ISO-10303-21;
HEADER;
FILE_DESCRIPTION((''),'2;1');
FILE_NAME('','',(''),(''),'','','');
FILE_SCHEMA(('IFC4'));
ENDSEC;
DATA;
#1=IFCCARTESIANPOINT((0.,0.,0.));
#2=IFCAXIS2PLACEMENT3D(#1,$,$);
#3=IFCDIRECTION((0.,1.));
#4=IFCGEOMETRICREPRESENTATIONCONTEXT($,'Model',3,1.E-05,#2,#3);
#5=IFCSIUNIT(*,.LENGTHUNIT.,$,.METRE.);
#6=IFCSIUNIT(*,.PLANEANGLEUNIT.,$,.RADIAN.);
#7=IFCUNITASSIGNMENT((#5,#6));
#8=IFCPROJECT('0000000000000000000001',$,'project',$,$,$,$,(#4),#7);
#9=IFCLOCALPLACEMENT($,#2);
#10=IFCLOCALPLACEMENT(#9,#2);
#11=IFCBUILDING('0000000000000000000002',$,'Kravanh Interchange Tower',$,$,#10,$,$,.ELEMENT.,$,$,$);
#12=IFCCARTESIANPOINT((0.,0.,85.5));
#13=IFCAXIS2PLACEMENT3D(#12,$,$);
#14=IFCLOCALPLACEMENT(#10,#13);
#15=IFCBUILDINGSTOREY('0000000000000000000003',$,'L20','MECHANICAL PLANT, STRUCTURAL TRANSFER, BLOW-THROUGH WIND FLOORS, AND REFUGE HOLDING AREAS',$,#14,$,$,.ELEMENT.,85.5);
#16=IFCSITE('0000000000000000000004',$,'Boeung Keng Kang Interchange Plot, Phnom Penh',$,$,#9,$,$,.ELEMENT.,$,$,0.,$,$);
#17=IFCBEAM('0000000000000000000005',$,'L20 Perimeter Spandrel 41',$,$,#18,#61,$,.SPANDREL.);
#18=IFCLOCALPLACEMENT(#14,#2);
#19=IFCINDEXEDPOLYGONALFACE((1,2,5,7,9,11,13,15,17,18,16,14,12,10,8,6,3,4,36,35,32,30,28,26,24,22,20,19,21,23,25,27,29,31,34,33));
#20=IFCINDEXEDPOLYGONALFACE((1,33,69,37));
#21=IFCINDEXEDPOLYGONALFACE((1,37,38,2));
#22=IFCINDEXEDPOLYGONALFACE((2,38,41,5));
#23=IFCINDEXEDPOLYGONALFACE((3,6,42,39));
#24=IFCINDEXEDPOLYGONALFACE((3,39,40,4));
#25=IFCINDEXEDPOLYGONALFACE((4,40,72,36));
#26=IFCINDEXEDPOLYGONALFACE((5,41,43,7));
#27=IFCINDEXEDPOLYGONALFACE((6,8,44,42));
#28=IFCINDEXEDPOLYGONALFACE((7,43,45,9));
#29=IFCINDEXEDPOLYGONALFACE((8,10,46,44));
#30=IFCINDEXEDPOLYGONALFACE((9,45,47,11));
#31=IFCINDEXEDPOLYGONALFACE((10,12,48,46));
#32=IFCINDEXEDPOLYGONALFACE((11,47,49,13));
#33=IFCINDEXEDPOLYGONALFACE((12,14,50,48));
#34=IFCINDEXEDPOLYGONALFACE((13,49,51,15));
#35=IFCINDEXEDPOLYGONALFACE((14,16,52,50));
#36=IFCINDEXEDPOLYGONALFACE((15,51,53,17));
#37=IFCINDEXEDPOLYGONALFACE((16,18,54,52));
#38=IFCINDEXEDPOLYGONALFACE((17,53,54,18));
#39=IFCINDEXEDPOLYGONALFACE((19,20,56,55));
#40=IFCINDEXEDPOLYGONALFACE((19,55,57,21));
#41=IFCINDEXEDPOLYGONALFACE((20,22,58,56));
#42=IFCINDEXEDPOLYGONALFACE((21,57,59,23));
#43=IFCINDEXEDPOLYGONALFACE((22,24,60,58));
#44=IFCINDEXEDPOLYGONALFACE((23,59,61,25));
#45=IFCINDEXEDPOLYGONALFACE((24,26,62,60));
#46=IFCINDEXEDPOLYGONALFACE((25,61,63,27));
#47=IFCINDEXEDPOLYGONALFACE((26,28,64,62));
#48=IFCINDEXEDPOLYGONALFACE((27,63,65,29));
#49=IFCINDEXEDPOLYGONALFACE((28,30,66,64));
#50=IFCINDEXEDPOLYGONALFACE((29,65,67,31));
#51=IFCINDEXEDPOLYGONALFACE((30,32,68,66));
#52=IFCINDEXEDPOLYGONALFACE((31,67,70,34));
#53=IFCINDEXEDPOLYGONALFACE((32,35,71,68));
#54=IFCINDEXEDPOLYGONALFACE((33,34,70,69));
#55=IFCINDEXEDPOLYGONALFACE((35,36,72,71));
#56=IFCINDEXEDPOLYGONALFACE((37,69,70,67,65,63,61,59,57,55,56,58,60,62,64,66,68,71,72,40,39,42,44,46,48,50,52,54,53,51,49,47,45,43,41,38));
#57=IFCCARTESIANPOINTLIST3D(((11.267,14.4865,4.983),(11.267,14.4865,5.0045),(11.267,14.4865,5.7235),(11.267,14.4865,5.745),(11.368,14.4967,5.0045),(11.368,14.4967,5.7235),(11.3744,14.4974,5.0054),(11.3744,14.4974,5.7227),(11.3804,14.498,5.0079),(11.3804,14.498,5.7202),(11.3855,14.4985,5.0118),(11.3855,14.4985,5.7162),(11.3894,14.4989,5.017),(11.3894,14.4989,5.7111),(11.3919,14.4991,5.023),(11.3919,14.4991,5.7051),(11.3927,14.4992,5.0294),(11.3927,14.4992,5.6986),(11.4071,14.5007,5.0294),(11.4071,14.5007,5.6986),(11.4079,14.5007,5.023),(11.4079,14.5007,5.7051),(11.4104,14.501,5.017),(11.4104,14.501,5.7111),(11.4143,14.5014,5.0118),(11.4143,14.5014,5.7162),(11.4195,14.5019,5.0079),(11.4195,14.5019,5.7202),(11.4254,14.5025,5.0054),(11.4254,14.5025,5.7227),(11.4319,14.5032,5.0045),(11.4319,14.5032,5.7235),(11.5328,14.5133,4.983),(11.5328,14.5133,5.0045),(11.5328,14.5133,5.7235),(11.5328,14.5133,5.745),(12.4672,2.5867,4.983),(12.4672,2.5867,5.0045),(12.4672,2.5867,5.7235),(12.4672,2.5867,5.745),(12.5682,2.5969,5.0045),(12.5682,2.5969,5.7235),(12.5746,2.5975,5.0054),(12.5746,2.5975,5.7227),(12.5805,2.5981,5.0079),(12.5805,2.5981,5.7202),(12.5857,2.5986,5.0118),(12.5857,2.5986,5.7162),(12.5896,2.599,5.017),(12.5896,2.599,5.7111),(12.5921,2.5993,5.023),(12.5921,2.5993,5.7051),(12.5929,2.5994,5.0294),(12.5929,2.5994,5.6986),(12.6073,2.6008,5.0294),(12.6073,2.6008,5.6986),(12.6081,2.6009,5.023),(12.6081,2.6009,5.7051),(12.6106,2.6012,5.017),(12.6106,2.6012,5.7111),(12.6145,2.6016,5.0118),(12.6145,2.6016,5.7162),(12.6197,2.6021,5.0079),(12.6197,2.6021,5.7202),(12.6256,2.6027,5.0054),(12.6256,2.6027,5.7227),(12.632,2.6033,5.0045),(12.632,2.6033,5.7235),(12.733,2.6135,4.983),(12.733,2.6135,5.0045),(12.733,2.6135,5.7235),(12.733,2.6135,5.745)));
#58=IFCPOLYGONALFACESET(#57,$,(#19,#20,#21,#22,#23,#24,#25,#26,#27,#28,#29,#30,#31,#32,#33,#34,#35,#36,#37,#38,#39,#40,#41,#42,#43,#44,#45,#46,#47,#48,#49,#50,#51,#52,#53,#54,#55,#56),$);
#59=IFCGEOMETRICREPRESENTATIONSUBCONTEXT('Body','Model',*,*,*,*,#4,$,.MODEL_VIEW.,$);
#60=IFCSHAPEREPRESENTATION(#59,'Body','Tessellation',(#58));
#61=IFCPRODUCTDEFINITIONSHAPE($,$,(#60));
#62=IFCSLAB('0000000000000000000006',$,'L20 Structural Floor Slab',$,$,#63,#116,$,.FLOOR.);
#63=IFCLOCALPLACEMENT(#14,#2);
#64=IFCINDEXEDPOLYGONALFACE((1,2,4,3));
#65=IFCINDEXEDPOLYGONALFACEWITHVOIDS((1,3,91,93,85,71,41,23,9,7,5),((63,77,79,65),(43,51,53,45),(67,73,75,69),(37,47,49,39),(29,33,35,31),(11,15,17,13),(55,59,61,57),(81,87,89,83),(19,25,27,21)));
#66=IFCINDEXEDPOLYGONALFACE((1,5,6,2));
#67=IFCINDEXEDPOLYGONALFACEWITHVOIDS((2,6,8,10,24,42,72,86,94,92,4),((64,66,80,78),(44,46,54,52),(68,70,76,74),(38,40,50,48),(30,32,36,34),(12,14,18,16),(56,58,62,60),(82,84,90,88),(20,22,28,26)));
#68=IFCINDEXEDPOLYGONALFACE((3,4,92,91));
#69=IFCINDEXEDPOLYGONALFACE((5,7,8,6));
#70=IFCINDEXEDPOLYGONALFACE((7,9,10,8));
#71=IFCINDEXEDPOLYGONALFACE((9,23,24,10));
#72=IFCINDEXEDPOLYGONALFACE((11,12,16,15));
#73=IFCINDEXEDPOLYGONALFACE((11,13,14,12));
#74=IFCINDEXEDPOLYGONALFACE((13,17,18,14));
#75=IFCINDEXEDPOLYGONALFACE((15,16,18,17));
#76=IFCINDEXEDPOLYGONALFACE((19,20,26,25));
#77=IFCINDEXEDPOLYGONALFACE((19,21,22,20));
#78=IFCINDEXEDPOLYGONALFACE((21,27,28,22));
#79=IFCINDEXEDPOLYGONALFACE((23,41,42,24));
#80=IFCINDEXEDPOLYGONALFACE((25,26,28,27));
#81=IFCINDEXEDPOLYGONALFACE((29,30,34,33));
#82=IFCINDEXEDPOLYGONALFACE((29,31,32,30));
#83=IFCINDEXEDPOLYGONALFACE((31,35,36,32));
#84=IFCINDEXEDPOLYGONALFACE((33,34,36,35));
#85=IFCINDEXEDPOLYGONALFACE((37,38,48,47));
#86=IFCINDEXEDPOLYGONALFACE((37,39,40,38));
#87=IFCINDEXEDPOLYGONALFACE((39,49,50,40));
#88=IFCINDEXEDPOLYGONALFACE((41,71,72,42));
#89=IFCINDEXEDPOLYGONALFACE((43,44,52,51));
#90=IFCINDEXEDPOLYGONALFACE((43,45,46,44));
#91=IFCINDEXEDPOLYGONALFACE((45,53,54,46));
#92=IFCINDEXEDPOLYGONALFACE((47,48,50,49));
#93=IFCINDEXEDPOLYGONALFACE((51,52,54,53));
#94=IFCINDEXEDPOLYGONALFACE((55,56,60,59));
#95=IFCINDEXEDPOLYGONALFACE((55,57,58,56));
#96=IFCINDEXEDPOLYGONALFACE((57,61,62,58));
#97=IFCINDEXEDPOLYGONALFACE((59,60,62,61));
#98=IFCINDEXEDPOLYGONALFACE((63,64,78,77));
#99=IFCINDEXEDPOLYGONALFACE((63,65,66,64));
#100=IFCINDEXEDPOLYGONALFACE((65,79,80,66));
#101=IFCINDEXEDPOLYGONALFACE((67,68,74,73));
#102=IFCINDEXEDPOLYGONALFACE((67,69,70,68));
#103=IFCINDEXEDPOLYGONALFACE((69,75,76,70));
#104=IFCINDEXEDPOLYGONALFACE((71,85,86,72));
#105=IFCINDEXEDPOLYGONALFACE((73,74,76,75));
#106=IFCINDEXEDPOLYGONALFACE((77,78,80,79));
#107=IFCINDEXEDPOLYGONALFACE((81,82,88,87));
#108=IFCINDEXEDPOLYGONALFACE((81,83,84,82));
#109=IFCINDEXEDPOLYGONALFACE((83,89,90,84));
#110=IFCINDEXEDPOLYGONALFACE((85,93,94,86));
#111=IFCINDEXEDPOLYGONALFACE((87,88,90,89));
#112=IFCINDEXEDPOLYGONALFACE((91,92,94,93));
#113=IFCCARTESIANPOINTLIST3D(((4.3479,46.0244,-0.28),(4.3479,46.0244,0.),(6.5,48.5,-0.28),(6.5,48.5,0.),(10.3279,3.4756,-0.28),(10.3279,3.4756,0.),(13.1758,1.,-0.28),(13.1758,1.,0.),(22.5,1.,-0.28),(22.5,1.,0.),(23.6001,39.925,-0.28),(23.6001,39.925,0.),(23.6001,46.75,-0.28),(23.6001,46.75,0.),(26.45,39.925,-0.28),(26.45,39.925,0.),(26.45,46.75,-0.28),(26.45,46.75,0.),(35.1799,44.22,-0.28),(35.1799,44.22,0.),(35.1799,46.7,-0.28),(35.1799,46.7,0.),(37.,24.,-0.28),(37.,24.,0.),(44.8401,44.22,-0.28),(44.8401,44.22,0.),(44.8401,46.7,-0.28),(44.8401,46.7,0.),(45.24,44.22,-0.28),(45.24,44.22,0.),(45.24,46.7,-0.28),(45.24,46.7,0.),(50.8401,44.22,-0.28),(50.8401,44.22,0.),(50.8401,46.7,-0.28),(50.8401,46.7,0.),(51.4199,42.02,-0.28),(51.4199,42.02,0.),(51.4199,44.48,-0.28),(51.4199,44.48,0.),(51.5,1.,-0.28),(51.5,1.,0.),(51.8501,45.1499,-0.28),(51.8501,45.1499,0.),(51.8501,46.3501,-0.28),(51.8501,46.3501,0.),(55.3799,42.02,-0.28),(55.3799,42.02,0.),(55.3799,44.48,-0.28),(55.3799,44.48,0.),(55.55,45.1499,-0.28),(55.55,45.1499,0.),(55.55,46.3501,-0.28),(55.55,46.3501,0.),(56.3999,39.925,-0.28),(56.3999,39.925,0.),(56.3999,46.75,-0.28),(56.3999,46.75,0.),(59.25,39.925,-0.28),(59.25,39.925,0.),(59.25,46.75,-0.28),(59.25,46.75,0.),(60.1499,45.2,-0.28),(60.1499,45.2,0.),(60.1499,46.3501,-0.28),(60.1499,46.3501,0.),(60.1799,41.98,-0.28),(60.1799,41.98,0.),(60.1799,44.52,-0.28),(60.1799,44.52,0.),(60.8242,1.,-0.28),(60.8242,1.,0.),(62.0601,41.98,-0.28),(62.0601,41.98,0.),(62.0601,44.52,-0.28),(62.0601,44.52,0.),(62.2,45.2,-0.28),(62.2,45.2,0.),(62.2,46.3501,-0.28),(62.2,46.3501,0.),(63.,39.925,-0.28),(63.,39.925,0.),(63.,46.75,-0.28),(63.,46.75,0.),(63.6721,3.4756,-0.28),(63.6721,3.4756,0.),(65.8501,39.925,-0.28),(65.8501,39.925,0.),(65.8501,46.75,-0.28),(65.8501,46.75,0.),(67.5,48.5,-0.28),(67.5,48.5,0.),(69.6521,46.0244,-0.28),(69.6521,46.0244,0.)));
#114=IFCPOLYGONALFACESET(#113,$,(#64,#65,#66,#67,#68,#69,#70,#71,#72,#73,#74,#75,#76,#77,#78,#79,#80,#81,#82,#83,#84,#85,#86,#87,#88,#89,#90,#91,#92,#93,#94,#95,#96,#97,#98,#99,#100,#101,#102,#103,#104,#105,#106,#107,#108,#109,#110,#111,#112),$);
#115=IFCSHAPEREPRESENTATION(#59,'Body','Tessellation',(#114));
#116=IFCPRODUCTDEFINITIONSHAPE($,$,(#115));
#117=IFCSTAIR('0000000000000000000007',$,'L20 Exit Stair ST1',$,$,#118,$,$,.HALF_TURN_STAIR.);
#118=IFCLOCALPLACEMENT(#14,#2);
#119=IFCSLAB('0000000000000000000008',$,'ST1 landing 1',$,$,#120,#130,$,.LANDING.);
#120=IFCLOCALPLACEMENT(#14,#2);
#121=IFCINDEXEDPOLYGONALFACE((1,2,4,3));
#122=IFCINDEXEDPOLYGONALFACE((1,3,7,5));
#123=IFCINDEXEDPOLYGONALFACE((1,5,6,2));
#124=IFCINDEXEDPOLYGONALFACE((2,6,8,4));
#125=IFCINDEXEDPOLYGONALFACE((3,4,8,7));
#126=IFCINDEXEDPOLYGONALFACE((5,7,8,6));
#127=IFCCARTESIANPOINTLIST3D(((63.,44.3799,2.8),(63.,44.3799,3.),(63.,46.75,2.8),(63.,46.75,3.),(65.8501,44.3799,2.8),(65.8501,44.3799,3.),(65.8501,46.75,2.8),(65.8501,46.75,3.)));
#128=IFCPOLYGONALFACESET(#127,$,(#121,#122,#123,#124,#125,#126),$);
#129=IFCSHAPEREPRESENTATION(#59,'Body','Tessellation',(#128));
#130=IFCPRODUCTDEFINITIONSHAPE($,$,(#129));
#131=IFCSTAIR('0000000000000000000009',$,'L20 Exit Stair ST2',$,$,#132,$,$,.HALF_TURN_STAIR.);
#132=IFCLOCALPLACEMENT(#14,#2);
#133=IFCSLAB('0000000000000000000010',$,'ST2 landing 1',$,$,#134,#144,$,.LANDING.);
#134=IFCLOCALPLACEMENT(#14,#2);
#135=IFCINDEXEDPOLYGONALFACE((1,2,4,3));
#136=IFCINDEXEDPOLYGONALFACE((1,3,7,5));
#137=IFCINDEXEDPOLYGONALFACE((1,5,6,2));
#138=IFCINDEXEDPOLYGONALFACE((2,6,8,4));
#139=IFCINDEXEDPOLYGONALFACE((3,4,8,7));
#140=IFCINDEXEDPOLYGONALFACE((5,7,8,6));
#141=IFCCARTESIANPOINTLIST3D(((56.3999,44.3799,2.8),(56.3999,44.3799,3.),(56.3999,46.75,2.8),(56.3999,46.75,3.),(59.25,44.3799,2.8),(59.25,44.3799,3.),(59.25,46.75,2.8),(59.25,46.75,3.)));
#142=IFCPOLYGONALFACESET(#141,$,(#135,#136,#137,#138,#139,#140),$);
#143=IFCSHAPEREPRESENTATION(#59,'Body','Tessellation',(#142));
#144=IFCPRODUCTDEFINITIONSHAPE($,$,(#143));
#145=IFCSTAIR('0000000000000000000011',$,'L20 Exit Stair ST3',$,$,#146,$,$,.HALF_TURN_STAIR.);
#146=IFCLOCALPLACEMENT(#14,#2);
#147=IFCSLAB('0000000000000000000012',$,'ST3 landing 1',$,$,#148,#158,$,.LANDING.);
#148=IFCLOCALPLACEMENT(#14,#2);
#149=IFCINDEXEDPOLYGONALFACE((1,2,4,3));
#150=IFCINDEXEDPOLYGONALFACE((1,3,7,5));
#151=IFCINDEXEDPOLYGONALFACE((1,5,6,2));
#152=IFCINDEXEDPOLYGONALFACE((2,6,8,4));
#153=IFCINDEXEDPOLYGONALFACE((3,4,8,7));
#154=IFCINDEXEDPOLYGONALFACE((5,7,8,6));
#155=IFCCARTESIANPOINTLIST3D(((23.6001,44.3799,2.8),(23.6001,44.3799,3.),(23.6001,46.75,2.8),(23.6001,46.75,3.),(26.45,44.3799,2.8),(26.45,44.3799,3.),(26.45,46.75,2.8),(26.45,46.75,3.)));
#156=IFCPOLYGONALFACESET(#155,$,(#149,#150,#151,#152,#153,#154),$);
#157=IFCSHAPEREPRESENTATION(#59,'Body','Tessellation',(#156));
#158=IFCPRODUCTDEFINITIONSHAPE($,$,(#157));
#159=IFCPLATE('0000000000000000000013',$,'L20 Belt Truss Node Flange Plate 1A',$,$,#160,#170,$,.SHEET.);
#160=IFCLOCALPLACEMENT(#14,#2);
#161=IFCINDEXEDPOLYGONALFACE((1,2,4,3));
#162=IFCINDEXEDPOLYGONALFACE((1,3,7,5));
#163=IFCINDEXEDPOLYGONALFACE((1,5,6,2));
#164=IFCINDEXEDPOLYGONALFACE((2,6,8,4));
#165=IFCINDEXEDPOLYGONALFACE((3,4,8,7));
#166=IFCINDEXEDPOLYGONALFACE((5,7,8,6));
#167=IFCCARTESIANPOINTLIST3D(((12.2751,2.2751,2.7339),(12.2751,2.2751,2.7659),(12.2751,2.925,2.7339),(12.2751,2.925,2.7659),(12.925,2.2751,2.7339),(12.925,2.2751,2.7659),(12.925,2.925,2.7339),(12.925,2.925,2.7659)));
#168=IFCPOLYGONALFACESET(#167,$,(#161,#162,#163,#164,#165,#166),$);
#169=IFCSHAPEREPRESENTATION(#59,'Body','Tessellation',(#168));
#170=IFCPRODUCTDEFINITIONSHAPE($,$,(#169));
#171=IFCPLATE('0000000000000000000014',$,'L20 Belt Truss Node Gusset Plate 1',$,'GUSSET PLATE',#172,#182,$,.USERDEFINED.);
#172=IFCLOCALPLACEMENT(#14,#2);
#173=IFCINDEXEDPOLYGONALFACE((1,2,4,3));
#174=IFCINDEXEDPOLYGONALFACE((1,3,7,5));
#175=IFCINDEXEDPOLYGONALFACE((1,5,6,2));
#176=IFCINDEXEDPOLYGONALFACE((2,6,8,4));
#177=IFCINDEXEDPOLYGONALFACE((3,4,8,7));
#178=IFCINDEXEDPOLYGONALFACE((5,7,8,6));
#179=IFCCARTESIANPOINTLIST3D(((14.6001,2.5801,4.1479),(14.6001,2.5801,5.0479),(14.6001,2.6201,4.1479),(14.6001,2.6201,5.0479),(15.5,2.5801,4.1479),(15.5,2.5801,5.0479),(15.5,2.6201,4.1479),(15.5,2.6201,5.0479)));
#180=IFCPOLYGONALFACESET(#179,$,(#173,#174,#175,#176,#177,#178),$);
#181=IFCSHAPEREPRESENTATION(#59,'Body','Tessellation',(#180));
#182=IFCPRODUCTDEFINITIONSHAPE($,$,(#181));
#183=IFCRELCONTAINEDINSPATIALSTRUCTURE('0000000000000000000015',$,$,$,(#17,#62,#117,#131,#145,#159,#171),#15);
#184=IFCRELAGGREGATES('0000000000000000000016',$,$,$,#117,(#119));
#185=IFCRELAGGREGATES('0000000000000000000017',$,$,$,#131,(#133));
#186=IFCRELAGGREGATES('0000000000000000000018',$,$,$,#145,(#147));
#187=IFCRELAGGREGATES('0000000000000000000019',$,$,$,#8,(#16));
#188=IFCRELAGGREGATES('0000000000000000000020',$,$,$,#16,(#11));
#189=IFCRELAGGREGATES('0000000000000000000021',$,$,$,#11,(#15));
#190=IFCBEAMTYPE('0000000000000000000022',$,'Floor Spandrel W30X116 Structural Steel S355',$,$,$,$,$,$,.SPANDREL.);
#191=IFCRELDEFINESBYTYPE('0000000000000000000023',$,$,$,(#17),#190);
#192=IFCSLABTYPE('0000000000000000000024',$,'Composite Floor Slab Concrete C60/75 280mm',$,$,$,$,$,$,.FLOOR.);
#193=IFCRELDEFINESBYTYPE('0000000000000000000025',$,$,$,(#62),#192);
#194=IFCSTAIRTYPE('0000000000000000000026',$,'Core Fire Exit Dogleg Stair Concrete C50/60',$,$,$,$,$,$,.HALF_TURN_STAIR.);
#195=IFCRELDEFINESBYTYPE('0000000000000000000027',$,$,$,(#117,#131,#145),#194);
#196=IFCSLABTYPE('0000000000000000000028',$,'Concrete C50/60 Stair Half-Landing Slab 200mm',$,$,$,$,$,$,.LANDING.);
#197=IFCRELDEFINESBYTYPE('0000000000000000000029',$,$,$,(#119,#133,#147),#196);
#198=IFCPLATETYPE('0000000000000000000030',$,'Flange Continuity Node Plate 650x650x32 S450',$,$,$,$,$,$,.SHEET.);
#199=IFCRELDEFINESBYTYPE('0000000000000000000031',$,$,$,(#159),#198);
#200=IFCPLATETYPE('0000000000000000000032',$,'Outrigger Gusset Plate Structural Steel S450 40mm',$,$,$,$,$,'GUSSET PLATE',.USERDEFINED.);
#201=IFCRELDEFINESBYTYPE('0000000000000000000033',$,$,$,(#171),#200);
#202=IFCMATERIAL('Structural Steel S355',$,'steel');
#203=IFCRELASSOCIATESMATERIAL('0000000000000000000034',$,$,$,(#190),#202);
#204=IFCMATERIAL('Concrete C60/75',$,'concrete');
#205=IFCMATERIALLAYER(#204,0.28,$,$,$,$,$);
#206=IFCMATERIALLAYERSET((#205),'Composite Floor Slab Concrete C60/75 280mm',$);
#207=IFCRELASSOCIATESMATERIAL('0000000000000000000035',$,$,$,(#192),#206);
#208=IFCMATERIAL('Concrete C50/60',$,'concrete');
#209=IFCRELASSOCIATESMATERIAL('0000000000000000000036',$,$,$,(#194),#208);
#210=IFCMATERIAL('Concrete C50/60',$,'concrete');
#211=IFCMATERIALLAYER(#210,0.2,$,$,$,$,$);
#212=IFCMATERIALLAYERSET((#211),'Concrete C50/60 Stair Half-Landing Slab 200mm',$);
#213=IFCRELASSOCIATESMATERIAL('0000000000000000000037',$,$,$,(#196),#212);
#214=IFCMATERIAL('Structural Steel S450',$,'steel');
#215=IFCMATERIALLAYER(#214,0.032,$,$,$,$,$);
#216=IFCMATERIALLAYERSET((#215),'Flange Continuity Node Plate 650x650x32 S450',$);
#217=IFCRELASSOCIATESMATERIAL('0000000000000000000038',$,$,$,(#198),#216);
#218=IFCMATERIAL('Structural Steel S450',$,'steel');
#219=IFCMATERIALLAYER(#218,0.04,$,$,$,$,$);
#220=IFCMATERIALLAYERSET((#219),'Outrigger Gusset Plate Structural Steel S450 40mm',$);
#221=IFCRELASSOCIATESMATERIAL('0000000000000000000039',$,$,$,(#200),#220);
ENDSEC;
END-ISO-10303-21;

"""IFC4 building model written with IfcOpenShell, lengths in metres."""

from ifc_helpers import new_model, si_unit, direction, frame, origin, origin_2d, place, context, subcontext, project, spatial, polyline, rectangle, i_section, outline, extrude, material, layer, layer_set, material_profile, profile_set, type_object, element, aggregate, save


model = new_model("IFC4")

# Units and contexts
model_context = context("Model", 3, precision=1e-05, world=origin(), true_north=direction((0.0, 1.0)))
body_context = subcontext(model_context, "Body", "Model", "MODEL_VIEW")
ifc_project = project(units=[si_unit("LENGTHUNIT", "METRE"), si_unit("PLANEANGLEUNIT", "RADIAN")], contexts=[model_context])

# Site, building, storey
site_placement = place(None, origin())
site = spatial("IfcSite", under=ifc_project, at=site_placement, Name="Boeung Keng Kang Interchange Plot, Phnom Penh", CompositionType="ELEMENT", RefElevation=0.0)
building_placement = place(site_placement, origin())
building = spatial("IfcBuilding", under=site, at=building_placement, Name="Kravanh Interchange Tower", CompositionType="ELEMENT")
storey_placement = place(building_placement, frame((0.0, 0.0, 85.5)))
storey = spatial("IfcBuildingStorey", under=building, at=storey_placement, Name="L20", Description="MECHANICAL PLANT, STRUCTURAL TRANSFER, BLOW-THROUGH WIND FLOORS, AND REFUGE HOLDING AREAS", CompositionType="ELEMENT", Elevation=85.5)

# Beam
ifc_material_1 = material(Name="Structural Steel S355", Category="steel")
ifc_material_profile_1 = material_profile(ifc_material_1, i_section(OverallWidth=0.2671, OverallDepth=0.762, WebThickness=0.0144, FlangeThickness=0.0215, FilletRadius=0.0249, at=origin_2d()), Name="W30X116")
ifc_profile_set_1 = profile_set([ifc_material_profile_1], Name="Structural Steel S355")
beam_type_1 = type_object("IfcBeamType", Name="Floor Spandrel W30X116 Structural Steel S355", PredefinedType="SPANDREL", material=ifc_profile_set_1)
beam_1_placement = place(storey_placement, frame((12.6001, 2.6001, 5.364), z_axis=(-0.100348, 0.994952, 0.0), x_axis=(-0.994952, -0.100348, 0.0)))
element("IfcBeam", 1, at=beam_1_placement, inside=storey, type_object=beam_type_1, Name="L20 Perimeter Spandrel 41", PredefinedType="SPANDREL", context=body_context, shape_type="SweptSolid", body=[
    extrude(i_section(OverallWidth=0.2671, OverallDepth=0.762, WebThickness=0.0144, FlangeThickness=0.0215, FilletRadius=0.0249, at=origin_2d()), origin(), (0.0, 0.0, 1.0), 11.9602),
])

# Slab
ifc_material_2 = material(Name="Concrete C60/75", Category="concrete")
ifc_layer_1 = layer(ifc_material_2, 0.28)
ifc_layer_set_1 = layer_set([ifc_layer_1], Name="Composite Floor Slab Concrete C60/75 280mm")
slab_type_1 = type_object("IfcSlabType", Name="Composite Floor Slab Concrete C60/75 280mm", PredefinedType="FLOOR", material=ifc_layer_set_1)
slab_1_placement = place(storey_placement, frame((0.0, 0.0, -0.28)))
element("IfcSlab", 2, at=slab_1_placement, inside=storey, type_object=slab_type_1, Name="L20 Structural Floor Slab", PredefinedType="FLOOR", context=body_context, shape_type="SweptSolid", body=[
    extrude(outline(polyline([(10.3279, 3.4756), (13.1758, 1.0), (22.5, 1.0), (37.0, 24.0), (51.5, 1.0), (60.8242, 1.0), (63.6721, 3.4756), (69.6521, 46.0244), (67.5, 48.5), (6.5, 48.5), (4.3479, 46.0244), (10.3279, 3.4756)]), holes=[polyline([(65.8501, 39.925), (65.8501, 46.75), (63.0, 46.75), (63.0, 39.925), (65.8501, 39.925)]), polyline([(59.25, 39.925), (59.25, 46.75), (56.3999, 46.75), (56.3999, 39.925), (59.25, 39.925)]), polyline([(26.45, 39.925), (26.45, 46.75), (23.6001, 46.75), (23.6001, 39.925), (26.45, 39.925)]), polyline([(35.1799, 44.22), (44.8401, 44.22), (44.8401, 46.7), (35.1799, 46.7), (35.1799, 44.22)]), polyline([(45.24, 44.22), (50.8401, 44.22), (50.8401, 46.7), (45.24, 46.7), (45.24, 44.22)]), polyline([(51.4199, 42.02), (55.3799, 42.02), (55.3799, 44.48), (51.4199, 44.48), (51.4199, 42.02)]), polyline([(60.1799, 41.98), (62.0601, 41.98), (62.0601, 44.52), (60.1799, 44.52), (60.1799, 41.98)]), polyline([(60.1499, 45.2), (62.2, 45.2), (62.2, 46.3501), (60.1499, 46.3501), (60.1499, 45.2)]), polyline([(51.8501, 45.1499), (55.55, 45.1499), (55.55, 46.3501), (51.8501, 46.3501), (51.8501, 45.1499)])]), origin(), (0.0, 0.0, 1.0), 0.28),
])

# Stairs, slabs
ifc_material_3 = material(Name="Concrete C50/60", Category="concrete")
stair_type = type_object("IfcStairType", Name="Core Fire Exit Dogleg Stair Concrete C50/60", PredefinedType="HALF_TURN_STAIR", material=ifc_material_3)
stair_1_placement = place(storey_placement, origin())
stair_1 = element("IfcStair", 3, at=stair_1_placement, inside=storey, type_object=stair_type, Name="L20 Exit Stair ST1", PredefinedType="HALF_TURN_STAIR")
ifc_material_4 = material(Name="Concrete C50/60", Category="concrete")
ifc_layer_2 = layer(ifc_material_4, 0.2)
ifc_layer_set_2 = layer_set([ifc_layer_2], Name="Concrete C50/60 Stair Half-Landing Slab 200mm")
slab_type_2 = type_object("IfcSlabType", Name="Concrete C50/60 Stair Half-Landing Slab 200mm", PredefinedType="LANDING", material=ifc_layer_set_2)
slab_2_placement = place(storey_placement, frame((0.0, 0.0, 2.8)))
slab_2 = element("IfcSlab", 4, at=slab_2_placement, type_object=slab_type_2, Name="ST1 landing 1", PredefinedType="LANDING", context=body_context, shape_type="SweptSolid", body=[
    extrude(outline(polyline([(65.8501, 44.3799), (65.8501, 46.75), (63.0, 46.75), (63.0, 44.3799), (65.8501, 44.3799)])), origin(), (0.0, 0.0, 1.0), 0.2),
])
aggregate(stair_1, [slab_2])
stair_2_placement = place(storey_placement, origin())
stair_2 = element("IfcStair", 5, at=stair_2_placement, inside=storey, type_object=stair_type, Name="L20 Exit Stair ST2", PredefinedType="HALF_TURN_STAIR")
slab_3_placement = place(storey_placement, frame((0.0, 0.0, 2.8)))
slab_3 = element("IfcSlab", 6, at=slab_3_placement, type_object=slab_type_2, Name="ST2 landing 1", PredefinedType="LANDING", context=body_context, shape_type="SweptSolid", body=[
    extrude(outline(polyline([(59.25, 44.3799), (59.25, 46.75), (56.3999, 46.75), (56.3999, 44.3799), (59.25, 44.3799)])), origin(), (0.0, 0.0, 1.0), 0.2),
])
aggregate(stair_2, [slab_3])
stair_3_placement = place(storey_placement, origin())
stair_3 = element("IfcStair", 7, at=stair_3_placement, inside=storey, type_object=stair_type, Name="L20 Exit Stair ST3", PredefinedType="HALF_TURN_STAIR")
slab_4_placement = place(storey_placement, frame((0.0, 0.0, 2.8)))
slab_4 = element("IfcSlab", 8, at=slab_4_placement, type_object=slab_type_2, Name="ST3 landing 1", PredefinedType="LANDING", context=body_context, shape_type="SweptSolid", body=[
    extrude(outline(polyline([(26.45, 44.3799), (26.45, 46.75), (23.6001, 46.75), (23.6001, 44.3799), (26.45, 44.3799)])), origin(), (0.0, 0.0, 1.0), 0.2),
])
aggregate(stair_3, [slab_4])

# Plates
ifc_material_5 = material(Name="Structural Steel S450", Category="steel")
ifc_layer_3 = layer(ifc_material_5, 0.032)
ifc_layer_set_3 = layer_set([ifc_layer_3], Name="Flange Continuity Node Plate 650x650x32 S450")
plate_type_1 = type_object("IfcPlateType", Name="Flange Continuity Node Plate 650x650x32 S450", PredefinedType="SHEET", material=ifc_layer_set_3)
plate_1_placement = place(storey_placement, frame((12.6001, 2.6001, 2.7339), z_axis=(0.0, 0.0, 1.0), x_axis=(1.0, 0.0, 0.0)))
element("IfcPlate", 9, at=plate_1_placement, inside=storey, type_object=plate_type_1, Name="L20 Belt Truss Node Flange Plate 1A", PredefinedType="SHEET", context=body_context, shape_type="SweptSolid", body=[
    extrude(rectangle(XDim=0.6499, YDim=0.6499, at=origin_2d()), origin(), (0.0, 0.0, 1.0), 0.032),
])
ifc_material_6 = material(Name="Structural Steel S450", Category="steel")
ifc_layer_4 = layer(ifc_material_6, 0.04)
ifc_layer_set_4 = layer_set([ifc_layer_4], Name="Outrigger Gusset Plate Structural Steel S450 40mm")
plate_type_2 = type_object("IfcPlateType", Name="Outrigger Gusset Plate Structural Steel S450 40mm", ElementType="GUSSET PLATE", PredefinedType="USERDEFINED", material=ifc_layer_set_4)
plate_2_placement = place(storey_placement, frame((15.05, 2.6001, 4.1479), z_axis=(0.0, 0.0, 1.0), x_axis=(1.0, 0.0, 0.0)))
element("IfcPlate", 10, at=plate_2_placement, inside=storey, type_object=plate_type_2, Name="L20 Belt Truss Node Gusset Plate 1", ObjectType="GUSSET PLATE", PredefinedType="USERDEFINED", context=body_context, shape_type="SweptSolid", body=[
    extrude(rectangle(XDim=0.8999, YDim=0.04, at=origin_2d()), origin(), (0.0, 0.0, 1.0), 0.8999),
])

save(model, "model.ifc")
